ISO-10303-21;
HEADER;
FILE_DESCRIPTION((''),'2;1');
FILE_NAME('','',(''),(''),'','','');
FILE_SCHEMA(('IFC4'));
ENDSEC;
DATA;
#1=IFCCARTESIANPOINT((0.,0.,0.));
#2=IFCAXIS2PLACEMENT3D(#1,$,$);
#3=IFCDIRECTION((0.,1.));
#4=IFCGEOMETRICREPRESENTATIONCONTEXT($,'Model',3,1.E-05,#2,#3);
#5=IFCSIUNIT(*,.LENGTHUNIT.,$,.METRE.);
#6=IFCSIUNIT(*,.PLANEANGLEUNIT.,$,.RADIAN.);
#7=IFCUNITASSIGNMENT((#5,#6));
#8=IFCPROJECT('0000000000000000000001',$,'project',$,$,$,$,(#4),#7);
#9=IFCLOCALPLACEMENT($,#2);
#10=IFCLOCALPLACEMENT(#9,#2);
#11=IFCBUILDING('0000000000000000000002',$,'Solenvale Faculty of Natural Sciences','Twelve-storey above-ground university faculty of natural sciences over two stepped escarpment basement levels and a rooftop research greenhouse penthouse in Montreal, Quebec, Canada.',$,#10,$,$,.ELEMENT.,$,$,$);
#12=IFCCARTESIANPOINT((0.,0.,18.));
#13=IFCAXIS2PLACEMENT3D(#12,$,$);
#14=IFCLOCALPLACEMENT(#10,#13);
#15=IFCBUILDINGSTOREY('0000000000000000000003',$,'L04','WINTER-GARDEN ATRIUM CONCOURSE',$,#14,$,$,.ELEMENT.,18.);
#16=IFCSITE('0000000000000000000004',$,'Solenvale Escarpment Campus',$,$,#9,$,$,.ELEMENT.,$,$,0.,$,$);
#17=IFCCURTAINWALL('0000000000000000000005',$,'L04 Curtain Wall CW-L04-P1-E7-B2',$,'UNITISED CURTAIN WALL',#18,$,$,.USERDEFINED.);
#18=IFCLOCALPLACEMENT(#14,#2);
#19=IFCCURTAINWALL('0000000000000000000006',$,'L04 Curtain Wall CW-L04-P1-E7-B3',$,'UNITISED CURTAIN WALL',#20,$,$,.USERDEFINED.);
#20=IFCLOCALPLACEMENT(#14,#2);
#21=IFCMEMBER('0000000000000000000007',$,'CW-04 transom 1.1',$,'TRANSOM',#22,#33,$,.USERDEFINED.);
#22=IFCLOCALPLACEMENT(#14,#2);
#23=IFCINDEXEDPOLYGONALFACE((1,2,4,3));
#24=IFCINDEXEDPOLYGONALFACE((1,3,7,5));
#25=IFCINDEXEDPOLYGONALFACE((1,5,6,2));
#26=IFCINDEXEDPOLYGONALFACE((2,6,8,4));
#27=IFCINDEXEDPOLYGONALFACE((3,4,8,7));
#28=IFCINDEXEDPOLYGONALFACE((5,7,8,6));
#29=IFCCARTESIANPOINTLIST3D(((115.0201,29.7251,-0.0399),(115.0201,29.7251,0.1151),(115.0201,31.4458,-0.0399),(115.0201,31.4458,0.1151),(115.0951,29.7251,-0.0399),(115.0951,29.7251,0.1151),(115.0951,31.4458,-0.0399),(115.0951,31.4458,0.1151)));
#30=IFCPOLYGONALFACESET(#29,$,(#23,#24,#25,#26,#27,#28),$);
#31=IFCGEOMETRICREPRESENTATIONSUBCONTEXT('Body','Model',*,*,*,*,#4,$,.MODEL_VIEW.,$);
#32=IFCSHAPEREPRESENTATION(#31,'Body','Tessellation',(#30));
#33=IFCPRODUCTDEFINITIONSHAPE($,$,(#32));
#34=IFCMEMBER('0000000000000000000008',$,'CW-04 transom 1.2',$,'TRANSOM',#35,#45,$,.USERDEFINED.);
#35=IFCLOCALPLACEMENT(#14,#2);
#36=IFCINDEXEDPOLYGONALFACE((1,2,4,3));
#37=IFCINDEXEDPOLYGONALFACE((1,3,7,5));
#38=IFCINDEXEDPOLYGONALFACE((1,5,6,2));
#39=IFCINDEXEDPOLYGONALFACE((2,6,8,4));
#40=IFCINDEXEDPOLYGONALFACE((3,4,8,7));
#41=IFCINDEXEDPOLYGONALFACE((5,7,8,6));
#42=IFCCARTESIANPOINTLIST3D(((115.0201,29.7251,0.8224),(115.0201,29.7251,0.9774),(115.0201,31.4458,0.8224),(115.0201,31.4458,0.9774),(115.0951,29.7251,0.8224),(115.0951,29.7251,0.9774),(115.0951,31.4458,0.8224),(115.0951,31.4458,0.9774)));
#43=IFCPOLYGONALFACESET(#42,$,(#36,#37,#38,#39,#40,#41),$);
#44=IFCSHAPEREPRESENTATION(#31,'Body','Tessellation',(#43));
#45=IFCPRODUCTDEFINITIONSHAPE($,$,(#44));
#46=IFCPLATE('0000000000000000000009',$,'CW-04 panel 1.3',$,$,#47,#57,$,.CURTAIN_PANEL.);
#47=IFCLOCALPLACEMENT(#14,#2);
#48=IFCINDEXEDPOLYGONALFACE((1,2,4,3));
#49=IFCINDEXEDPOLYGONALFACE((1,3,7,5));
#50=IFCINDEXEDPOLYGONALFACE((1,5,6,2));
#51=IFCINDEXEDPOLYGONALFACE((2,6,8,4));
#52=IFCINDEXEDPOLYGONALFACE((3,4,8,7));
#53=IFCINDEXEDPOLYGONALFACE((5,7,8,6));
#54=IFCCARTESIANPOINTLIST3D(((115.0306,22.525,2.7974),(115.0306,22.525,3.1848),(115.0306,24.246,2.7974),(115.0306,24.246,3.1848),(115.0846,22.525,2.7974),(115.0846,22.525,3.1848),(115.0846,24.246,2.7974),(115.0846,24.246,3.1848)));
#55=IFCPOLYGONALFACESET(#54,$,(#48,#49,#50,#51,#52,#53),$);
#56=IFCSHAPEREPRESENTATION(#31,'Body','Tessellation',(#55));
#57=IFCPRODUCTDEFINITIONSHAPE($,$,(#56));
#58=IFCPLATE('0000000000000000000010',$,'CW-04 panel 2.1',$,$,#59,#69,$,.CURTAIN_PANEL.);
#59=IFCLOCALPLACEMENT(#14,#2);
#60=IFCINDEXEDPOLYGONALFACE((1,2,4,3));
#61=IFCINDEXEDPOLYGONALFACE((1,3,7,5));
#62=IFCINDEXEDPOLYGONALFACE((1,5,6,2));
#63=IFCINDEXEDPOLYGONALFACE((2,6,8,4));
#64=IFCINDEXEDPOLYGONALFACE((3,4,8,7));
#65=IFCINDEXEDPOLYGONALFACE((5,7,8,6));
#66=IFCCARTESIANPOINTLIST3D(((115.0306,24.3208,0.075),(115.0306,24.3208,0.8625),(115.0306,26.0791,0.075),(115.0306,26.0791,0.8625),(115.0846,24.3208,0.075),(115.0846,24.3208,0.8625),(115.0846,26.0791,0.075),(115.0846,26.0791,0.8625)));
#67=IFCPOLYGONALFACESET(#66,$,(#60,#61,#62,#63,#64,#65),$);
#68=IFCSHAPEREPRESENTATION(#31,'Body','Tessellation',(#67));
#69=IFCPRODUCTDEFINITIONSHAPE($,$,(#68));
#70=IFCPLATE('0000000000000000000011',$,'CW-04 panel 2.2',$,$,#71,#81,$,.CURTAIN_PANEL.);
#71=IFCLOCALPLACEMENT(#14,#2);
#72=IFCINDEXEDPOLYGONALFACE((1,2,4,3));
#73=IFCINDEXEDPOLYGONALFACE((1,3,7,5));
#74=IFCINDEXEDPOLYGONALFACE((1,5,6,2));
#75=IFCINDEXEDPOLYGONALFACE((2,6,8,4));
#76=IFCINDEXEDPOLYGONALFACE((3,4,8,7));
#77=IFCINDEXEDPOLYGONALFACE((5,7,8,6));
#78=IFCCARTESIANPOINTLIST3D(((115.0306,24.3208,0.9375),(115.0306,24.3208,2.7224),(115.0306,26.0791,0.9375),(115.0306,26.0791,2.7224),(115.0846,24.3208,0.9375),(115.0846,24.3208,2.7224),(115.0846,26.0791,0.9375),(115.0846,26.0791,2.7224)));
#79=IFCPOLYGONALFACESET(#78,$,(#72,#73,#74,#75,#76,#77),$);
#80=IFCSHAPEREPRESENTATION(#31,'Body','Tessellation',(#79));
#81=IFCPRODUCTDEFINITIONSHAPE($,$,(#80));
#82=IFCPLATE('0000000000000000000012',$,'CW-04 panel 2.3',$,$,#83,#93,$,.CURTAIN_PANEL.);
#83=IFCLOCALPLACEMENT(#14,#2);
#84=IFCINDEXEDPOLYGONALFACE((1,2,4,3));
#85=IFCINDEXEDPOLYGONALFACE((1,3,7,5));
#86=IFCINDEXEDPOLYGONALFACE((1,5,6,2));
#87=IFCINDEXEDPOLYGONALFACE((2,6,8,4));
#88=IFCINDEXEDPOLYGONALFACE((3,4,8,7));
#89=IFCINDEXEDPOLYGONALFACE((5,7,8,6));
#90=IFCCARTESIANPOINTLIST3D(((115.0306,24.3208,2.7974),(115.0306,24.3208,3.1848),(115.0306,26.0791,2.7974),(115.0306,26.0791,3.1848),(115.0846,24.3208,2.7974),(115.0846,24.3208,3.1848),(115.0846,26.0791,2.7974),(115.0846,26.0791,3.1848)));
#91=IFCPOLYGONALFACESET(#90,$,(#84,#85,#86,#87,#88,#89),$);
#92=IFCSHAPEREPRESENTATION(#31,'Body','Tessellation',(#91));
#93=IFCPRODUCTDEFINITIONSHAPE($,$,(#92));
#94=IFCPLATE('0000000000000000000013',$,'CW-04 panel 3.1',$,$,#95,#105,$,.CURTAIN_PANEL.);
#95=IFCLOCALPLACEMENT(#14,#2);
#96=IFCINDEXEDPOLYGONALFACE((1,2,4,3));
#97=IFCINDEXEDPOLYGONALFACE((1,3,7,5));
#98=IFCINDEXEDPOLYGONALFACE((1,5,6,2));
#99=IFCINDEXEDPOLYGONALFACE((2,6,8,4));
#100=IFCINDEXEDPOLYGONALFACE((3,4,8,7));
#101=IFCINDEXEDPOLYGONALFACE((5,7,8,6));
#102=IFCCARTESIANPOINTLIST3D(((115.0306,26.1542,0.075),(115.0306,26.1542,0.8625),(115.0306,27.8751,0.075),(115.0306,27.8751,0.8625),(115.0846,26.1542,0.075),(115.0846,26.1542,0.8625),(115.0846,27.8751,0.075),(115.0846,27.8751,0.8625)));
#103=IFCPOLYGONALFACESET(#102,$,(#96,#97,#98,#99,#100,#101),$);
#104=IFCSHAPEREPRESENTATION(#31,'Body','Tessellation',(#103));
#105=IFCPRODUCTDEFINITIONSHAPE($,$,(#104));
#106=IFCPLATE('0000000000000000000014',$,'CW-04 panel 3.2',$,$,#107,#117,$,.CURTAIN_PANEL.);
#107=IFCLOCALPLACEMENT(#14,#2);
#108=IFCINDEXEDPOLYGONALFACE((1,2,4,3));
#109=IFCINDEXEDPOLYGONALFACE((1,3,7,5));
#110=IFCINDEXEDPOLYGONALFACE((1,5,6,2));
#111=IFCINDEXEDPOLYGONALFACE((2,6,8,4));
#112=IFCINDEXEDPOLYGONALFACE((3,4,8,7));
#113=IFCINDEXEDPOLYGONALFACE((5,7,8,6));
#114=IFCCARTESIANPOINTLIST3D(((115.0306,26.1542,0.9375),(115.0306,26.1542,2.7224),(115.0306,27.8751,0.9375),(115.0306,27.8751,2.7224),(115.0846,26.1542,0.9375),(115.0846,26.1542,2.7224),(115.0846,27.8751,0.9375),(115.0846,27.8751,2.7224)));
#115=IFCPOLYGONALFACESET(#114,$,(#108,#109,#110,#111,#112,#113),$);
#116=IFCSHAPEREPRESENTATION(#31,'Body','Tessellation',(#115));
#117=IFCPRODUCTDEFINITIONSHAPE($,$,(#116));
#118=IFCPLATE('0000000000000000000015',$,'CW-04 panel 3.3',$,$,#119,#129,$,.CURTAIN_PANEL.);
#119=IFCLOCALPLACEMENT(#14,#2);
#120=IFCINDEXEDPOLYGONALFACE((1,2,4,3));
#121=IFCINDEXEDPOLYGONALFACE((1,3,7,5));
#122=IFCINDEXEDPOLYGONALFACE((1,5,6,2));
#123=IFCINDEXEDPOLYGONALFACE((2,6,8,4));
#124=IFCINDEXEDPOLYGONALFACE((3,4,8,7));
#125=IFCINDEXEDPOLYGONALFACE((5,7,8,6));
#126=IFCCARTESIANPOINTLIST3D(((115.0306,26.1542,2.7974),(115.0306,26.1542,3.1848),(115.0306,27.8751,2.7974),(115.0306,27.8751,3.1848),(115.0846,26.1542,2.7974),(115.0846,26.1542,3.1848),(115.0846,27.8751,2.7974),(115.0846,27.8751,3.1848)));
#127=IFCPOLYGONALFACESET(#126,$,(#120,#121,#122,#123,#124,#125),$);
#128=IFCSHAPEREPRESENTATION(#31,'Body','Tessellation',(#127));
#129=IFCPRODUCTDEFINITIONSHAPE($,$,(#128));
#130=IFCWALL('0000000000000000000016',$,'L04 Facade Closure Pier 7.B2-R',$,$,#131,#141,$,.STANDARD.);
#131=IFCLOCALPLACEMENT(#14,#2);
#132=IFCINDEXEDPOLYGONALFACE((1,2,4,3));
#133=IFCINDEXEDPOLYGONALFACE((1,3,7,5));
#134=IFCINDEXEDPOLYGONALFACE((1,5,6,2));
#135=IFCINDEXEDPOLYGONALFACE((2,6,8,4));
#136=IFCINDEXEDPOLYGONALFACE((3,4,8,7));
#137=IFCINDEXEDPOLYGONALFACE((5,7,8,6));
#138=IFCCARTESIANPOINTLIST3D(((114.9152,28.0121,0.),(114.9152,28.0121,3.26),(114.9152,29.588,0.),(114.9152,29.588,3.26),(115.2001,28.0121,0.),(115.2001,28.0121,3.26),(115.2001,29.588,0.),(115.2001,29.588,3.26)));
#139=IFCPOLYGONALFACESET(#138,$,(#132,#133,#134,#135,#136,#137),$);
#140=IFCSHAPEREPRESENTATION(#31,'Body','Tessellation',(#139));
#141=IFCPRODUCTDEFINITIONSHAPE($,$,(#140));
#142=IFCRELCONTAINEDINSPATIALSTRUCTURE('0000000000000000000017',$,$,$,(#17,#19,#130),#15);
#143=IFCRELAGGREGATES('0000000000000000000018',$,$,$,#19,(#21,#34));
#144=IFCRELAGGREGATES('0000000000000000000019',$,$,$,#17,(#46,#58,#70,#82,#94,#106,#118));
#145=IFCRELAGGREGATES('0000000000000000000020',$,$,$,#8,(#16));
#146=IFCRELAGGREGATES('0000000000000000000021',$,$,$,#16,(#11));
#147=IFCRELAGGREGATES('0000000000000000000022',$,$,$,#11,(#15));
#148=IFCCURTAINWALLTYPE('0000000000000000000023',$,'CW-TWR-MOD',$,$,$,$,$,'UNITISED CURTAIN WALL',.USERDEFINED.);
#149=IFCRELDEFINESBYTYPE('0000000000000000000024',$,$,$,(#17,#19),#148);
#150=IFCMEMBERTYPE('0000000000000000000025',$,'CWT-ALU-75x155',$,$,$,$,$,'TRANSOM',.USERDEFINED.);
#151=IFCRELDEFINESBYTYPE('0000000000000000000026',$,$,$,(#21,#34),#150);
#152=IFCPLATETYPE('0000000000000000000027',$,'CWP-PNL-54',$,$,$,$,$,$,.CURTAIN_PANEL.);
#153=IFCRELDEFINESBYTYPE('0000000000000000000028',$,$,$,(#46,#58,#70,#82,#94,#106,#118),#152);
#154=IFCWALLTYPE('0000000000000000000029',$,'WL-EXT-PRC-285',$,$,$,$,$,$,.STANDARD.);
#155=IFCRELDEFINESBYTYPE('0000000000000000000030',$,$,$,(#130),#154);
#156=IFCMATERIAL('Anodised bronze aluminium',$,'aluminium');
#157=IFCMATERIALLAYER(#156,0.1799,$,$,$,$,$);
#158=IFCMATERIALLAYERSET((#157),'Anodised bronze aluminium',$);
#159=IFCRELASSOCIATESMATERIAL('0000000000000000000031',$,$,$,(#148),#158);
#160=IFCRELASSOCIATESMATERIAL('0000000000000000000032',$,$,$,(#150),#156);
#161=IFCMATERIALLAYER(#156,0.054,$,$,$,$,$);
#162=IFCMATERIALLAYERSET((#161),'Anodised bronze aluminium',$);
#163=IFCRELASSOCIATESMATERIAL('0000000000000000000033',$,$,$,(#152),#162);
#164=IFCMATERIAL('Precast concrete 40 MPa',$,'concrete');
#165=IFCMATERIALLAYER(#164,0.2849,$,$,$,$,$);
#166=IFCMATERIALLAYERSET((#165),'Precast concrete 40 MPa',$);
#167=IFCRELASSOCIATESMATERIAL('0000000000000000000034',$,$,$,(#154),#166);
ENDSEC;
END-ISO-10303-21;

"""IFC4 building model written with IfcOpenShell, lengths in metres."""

from ifc_helpers import new_model, si_unit, direction, frame, frame_2d, origin, origin_2d, place, context, subcontext, project, spatial, rectangle, extrude, material, layer, layer_set, material_profile, profile_set, type_object, element, aggregate, save


model = new_model("IFC4")

# Units and contexts
model_context = context("Model", 3, precision=1e-05, world=origin(), true_north=direction((0.0, 1.0)))
body_context = subcontext(model_context, "Body", "Model", "MODEL_VIEW")
ifc_project = project(units=[si_unit("LENGTHUNIT", "METRE"), si_unit("PLANEANGLEUNIT", "RADIAN")], contexts=[model_context])

# Site, building, storey
site_placement = place(None, origin())
site = spatial("IfcSite", under=ifc_project, at=site_placement, Name="Solenvale Escarpment Campus", CompositionType="ELEMENT", RefElevation=0.0)
building_placement = place(site_placement, origin())
building = spatial("IfcBuilding", under=site, at=building_placement, Name="Solenvale Faculty of Natural Sciences", Description="Twelve-storey above-ground university faculty of natural sciences over two stepped escarpment basement levels and a rooftop research greenhouse penthouse in Montreal, Quebec, Canada.", CompositionType="ELEMENT")
storey_placement = place(building_placement, frame((0.0, 0.0, 18.0)))
storey = spatial("IfcBuildingStorey", under=building, at=storey_placement, Name="L04", Description="WINTER-GARDEN ATRIUM CONCOURSE", CompositionType="ELEMENT", Elevation=18.0)

# Curtain wall
ifc_material_1 = material(Name="Anodised bronze aluminium", Category="aluminium")
ifc_layer_1 = layer(ifc_material_1, 0.1799)
ifc_layer_set_1 = layer_set([ifc_layer_1], Name="Anodised bronze aluminium")
curtain_wall_type = type_object("IfcCurtainWallType", Name="CW-TWR-MOD", ElementType="UNITISED CURTAIN WALL", PredefinedType="USERDEFINED", material=ifc_layer_set_1)
curtain_wall_1_placement = place(storey_placement, origin())
curtain_wall_1 = element("IfcCurtainWall", 1, at=curtain_wall_1_placement, inside=storey, type_object=curtain_wall_type, Name="L04 Curtain Wall CW-L04-P1-E7-B2", ObjectType="UNITISED CURTAIN WALL", PredefinedType="USERDEFINED")

# Curtain wall
curtain_wall_2_placement = place(storey_placement, origin())
curtain_wall_2 = element("IfcCurtainWall", 2, at=curtain_wall_2_placement, inside=storey, type_object=curtain_wall_type, Name="L04 Curtain Wall CW-L04-P1-E7-B3", ObjectType="UNITISED CURTAIN WALL", PredefinedType="USERDEFINED")

# Members
ifc_material_profile_1 = material_profile(ifc_material_1, rectangle(XDim=0.075, YDim=0.155, at=origin_2d()), Name="ALU-TRN-75x155")
ifc_profile_set_1 = profile_set([ifc_material_profile_1], Name="Anodised bronze aluminium")
member_type_1 = type_object("IfcMemberType", Name="CWT-ALU-75x155", ElementType="TRANSOM", PredefinedType="USERDEFINED", material=ifc_profile_set_1)
member_1_placement = place(storey_placement, frame((115.0576, 29.7251, 0.0376), z_axis=(0.0, 1.0, 0.0), x_axis=(-1.0, 0.0, 0.0)))
member_1 = element("IfcMember", 3, at=member_1_placement, type_object=member_type_1, Name="CW-04 transom 1.1", ObjectType="TRANSOM", PredefinedType="USERDEFINED", context=body_context, shape_type="SweptSolid", body=[
    extrude(rectangle(XDim=0.075, YDim=0.155, at=origin_2d()), origin(), (0.0, 0.0, 1.0), 1.7207),
])
member_2_placement = place(storey_placement, frame((115.0576, 29.7251, 0.8999), z_axis=(0.0, 1.0, 0.0), x_axis=(-1.0, 0.0, 0.0)))
member_2 = element("IfcMember", 4, at=member_2_placement, type_object=member_type_1, Name="CW-04 transom 1.2", ObjectType="TRANSOM", PredefinedType="USERDEFINED", context=body_context, shape_type="SweptSolid", body=[
    extrude(rectangle(XDim=0.075, YDim=0.155, at=origin_2d()), origin(), (0.0, 0.0, 1.0), 1.7207),
])
aggregate(curtain_wall_2, [member_1, member_2])

# Plates
ifc_layer_2 = layer(ifc_material_1, 0.054)
ifc_layer_set_2 = layer_set([ifc_layer_2], Name="Anodised bronze aluminium")
plate_type = type_object("IfcPlateType", Name="CWP-PNL-54", PredefinedType="CURTAIN_PANEL", material=ifc_layer_set_2)
plate_1_placement = place(storey_placement, frame((115.0576, 23.3855, 2.7974), z_axis=(0.0, 0.0, 1.0), x_axis=(0.0, 1.0, 0.0)))
plate_1 = element("IfcPlate", 5, at=plate_1_placement, type_object=plate_type, Name="CW-04 panel 1.3", PredefinedType="CURTAIN_PANEL", context=body_context, shape_type="SweptSolid", body=[
    extrude(rectangle(XDim=1.7209, YDim=0.054, at=origin_2d()), origin(), (0.0, 0.0, 1.0), 0.3875),
])
plate_2_placement = place(storey_placement, frame((115.0576, 25.2, 0.075), z_axis=(0.0, 0.0, 1.0), x_axis=(0.0, 1.0, 0.0)))
plate_2 = element("IfcPlate", 6, at=plate_2_placement, type_object=plate_type, Name="CW-04 panel 2.1", PredefinedType="CURTAIN_PANEL", context=body_context, shape_type="SweptSolid", body=[
    extrude(rectangle(XDim=1.7583, YDim=0.054, at=origin_2d()), origin(), (0.0, 0.0, 1.0), 0.7876),
])
plate_3_placement = place(storey_placement, frame((115.0576, 25.2, 0.9375), z_axis=(0.0, 0.0, 1.0), x_axis=(0.0, 1.0, 0.0)))
plate_3 = element("IfcPlate", 7, at=plate_3_placement, type_object=plate_type, Name="CW-04 panel 2.2", PredefinedType="CURTAIN_PANEL", context=body_context, shape_type="SweptSolid", body=[
    extrude(rectangle(XDim=1.7583, YDim=0.054, at=origin_2d()), origin(), (0.0, 0.0, 1.0), 1.7849),
])
plate_4_placement = place(storey_placement, frame((115.0576, 25.2, 2.7974), z_axis=(0.0, 0.0, 1.0), x_axis=(0.0, 1.0, 0.0)))
plate_4 = element("IfcPlate", 8, at=plate_4_placement, type_object=plate_type, Name="CW-04 panel 2.3", PredefinedType="CURTAIN_PANEL", context=body_context, shape_type="SweptSolid", body=[
    extrude(rectangle(XDim=1.7583, YDim=0.054, at=origin_2d()), origin(), (0.0, 0.0, 1.0), 0.3875),
])
plate_5_placement = place(storey_placement, frame((115.0576, 27.0146, 0.075), z_axis=(0.0, 0.0, 1.0), x_axis=(0.0, 1.0, 0.0)))
plate_5 = element("IfcPlate", 9, at=plate_5_placement, type_object=plate_type, Name="CW-04 panel 3.1", PredefinedType="CURTAIN_PANEL", context=body_context, shape_type="SweptSolid", body=[
    extrude(rectangle(XDim=1.7209, YDim=0.054, at=origin_2d()), origin(), (0.0, 0.0, 1.0), 0.7876),
])
plate_6_placement = place(storey_placement, frame((115.0576, 27.0146, 0.9375), z_axis=(0.0, 0.0, 1.0), x_axis=(0.0, 1.0, 0.0)))
plate_6 = element("IfcPlate", 10, at=plate_6_placement, type_object=plate_type, Name="CW-04 panel 3.2", PredefinedType="CURTAIN_PANEL", context=body_context, shape_type="SweptSolid", body=[
    extrude(rectangle(XDim=1.7209, YDim=0.054, at=origin_2d()), origin(), (0.0, 0.0, 1.0), 1.7849),
])
plate_7_placement = place(storey_placement, frame((115.0576, 27.0146, 2.7974), z_axis=(0.0, 0.0, 1.0), x_axis=(0.0, 1.0, 0.0)))
plate_7 = element("IfcPlate", 11, at=plate_7_placement, type_object=plate_type, Name="CW-04 panel 3.3", PredefinedType="CURTAIN_PANEL", context=body_context, shape_type="SweptSolid", body=[
    extrude(rectangle(XDim=1.7209, YDim=0.054, at=origin_2d()), origin(), (0.0, 0.0, 1.0), 0.3875),
])
aggregate(curtain_wall_1, [plate_1, plate_2, plate_3, plate_4, plate_5, plate_6, plate_7])

# Wall
ifc_material_2 = material(Name="Precast concrete 40 MPa", Category="concrete")
ifc_layer_3 = layer(ifc_material_2, 0.2849)
ifc_layer_set_3 = layer_set([ifc_layer_3], Name="Precast concrete 40 MPa")
wall_type = type_object("IfcWallType", Name="WL-EXT-PRC-285", PredefinedType="STANDARD", material=ifc_layer_set_3)
wall_placement = place(storey_placement, frame((115.0576, 28.012, 0.0), z_axis=(0.0, 0.0, 1.0), x_axis=(0.0, 1.0, 0.0)))
element("IfcWall", 12, at=wall_placement, inside=storey, type_object=wall_type, Name="L04 Facade Closure Pier 7.B2-R", PredefinedType="STANDARD", context=body_context, shape_type="SweptSolid", body=[
    extrude(rectangle(XDim=1.5759, YDim=0.2849, at=frame_2d((0.7881, 0.0))), origin(), (0.0, 0.0, 1.0), 3.26),
])

save(model, "model.ifc")
